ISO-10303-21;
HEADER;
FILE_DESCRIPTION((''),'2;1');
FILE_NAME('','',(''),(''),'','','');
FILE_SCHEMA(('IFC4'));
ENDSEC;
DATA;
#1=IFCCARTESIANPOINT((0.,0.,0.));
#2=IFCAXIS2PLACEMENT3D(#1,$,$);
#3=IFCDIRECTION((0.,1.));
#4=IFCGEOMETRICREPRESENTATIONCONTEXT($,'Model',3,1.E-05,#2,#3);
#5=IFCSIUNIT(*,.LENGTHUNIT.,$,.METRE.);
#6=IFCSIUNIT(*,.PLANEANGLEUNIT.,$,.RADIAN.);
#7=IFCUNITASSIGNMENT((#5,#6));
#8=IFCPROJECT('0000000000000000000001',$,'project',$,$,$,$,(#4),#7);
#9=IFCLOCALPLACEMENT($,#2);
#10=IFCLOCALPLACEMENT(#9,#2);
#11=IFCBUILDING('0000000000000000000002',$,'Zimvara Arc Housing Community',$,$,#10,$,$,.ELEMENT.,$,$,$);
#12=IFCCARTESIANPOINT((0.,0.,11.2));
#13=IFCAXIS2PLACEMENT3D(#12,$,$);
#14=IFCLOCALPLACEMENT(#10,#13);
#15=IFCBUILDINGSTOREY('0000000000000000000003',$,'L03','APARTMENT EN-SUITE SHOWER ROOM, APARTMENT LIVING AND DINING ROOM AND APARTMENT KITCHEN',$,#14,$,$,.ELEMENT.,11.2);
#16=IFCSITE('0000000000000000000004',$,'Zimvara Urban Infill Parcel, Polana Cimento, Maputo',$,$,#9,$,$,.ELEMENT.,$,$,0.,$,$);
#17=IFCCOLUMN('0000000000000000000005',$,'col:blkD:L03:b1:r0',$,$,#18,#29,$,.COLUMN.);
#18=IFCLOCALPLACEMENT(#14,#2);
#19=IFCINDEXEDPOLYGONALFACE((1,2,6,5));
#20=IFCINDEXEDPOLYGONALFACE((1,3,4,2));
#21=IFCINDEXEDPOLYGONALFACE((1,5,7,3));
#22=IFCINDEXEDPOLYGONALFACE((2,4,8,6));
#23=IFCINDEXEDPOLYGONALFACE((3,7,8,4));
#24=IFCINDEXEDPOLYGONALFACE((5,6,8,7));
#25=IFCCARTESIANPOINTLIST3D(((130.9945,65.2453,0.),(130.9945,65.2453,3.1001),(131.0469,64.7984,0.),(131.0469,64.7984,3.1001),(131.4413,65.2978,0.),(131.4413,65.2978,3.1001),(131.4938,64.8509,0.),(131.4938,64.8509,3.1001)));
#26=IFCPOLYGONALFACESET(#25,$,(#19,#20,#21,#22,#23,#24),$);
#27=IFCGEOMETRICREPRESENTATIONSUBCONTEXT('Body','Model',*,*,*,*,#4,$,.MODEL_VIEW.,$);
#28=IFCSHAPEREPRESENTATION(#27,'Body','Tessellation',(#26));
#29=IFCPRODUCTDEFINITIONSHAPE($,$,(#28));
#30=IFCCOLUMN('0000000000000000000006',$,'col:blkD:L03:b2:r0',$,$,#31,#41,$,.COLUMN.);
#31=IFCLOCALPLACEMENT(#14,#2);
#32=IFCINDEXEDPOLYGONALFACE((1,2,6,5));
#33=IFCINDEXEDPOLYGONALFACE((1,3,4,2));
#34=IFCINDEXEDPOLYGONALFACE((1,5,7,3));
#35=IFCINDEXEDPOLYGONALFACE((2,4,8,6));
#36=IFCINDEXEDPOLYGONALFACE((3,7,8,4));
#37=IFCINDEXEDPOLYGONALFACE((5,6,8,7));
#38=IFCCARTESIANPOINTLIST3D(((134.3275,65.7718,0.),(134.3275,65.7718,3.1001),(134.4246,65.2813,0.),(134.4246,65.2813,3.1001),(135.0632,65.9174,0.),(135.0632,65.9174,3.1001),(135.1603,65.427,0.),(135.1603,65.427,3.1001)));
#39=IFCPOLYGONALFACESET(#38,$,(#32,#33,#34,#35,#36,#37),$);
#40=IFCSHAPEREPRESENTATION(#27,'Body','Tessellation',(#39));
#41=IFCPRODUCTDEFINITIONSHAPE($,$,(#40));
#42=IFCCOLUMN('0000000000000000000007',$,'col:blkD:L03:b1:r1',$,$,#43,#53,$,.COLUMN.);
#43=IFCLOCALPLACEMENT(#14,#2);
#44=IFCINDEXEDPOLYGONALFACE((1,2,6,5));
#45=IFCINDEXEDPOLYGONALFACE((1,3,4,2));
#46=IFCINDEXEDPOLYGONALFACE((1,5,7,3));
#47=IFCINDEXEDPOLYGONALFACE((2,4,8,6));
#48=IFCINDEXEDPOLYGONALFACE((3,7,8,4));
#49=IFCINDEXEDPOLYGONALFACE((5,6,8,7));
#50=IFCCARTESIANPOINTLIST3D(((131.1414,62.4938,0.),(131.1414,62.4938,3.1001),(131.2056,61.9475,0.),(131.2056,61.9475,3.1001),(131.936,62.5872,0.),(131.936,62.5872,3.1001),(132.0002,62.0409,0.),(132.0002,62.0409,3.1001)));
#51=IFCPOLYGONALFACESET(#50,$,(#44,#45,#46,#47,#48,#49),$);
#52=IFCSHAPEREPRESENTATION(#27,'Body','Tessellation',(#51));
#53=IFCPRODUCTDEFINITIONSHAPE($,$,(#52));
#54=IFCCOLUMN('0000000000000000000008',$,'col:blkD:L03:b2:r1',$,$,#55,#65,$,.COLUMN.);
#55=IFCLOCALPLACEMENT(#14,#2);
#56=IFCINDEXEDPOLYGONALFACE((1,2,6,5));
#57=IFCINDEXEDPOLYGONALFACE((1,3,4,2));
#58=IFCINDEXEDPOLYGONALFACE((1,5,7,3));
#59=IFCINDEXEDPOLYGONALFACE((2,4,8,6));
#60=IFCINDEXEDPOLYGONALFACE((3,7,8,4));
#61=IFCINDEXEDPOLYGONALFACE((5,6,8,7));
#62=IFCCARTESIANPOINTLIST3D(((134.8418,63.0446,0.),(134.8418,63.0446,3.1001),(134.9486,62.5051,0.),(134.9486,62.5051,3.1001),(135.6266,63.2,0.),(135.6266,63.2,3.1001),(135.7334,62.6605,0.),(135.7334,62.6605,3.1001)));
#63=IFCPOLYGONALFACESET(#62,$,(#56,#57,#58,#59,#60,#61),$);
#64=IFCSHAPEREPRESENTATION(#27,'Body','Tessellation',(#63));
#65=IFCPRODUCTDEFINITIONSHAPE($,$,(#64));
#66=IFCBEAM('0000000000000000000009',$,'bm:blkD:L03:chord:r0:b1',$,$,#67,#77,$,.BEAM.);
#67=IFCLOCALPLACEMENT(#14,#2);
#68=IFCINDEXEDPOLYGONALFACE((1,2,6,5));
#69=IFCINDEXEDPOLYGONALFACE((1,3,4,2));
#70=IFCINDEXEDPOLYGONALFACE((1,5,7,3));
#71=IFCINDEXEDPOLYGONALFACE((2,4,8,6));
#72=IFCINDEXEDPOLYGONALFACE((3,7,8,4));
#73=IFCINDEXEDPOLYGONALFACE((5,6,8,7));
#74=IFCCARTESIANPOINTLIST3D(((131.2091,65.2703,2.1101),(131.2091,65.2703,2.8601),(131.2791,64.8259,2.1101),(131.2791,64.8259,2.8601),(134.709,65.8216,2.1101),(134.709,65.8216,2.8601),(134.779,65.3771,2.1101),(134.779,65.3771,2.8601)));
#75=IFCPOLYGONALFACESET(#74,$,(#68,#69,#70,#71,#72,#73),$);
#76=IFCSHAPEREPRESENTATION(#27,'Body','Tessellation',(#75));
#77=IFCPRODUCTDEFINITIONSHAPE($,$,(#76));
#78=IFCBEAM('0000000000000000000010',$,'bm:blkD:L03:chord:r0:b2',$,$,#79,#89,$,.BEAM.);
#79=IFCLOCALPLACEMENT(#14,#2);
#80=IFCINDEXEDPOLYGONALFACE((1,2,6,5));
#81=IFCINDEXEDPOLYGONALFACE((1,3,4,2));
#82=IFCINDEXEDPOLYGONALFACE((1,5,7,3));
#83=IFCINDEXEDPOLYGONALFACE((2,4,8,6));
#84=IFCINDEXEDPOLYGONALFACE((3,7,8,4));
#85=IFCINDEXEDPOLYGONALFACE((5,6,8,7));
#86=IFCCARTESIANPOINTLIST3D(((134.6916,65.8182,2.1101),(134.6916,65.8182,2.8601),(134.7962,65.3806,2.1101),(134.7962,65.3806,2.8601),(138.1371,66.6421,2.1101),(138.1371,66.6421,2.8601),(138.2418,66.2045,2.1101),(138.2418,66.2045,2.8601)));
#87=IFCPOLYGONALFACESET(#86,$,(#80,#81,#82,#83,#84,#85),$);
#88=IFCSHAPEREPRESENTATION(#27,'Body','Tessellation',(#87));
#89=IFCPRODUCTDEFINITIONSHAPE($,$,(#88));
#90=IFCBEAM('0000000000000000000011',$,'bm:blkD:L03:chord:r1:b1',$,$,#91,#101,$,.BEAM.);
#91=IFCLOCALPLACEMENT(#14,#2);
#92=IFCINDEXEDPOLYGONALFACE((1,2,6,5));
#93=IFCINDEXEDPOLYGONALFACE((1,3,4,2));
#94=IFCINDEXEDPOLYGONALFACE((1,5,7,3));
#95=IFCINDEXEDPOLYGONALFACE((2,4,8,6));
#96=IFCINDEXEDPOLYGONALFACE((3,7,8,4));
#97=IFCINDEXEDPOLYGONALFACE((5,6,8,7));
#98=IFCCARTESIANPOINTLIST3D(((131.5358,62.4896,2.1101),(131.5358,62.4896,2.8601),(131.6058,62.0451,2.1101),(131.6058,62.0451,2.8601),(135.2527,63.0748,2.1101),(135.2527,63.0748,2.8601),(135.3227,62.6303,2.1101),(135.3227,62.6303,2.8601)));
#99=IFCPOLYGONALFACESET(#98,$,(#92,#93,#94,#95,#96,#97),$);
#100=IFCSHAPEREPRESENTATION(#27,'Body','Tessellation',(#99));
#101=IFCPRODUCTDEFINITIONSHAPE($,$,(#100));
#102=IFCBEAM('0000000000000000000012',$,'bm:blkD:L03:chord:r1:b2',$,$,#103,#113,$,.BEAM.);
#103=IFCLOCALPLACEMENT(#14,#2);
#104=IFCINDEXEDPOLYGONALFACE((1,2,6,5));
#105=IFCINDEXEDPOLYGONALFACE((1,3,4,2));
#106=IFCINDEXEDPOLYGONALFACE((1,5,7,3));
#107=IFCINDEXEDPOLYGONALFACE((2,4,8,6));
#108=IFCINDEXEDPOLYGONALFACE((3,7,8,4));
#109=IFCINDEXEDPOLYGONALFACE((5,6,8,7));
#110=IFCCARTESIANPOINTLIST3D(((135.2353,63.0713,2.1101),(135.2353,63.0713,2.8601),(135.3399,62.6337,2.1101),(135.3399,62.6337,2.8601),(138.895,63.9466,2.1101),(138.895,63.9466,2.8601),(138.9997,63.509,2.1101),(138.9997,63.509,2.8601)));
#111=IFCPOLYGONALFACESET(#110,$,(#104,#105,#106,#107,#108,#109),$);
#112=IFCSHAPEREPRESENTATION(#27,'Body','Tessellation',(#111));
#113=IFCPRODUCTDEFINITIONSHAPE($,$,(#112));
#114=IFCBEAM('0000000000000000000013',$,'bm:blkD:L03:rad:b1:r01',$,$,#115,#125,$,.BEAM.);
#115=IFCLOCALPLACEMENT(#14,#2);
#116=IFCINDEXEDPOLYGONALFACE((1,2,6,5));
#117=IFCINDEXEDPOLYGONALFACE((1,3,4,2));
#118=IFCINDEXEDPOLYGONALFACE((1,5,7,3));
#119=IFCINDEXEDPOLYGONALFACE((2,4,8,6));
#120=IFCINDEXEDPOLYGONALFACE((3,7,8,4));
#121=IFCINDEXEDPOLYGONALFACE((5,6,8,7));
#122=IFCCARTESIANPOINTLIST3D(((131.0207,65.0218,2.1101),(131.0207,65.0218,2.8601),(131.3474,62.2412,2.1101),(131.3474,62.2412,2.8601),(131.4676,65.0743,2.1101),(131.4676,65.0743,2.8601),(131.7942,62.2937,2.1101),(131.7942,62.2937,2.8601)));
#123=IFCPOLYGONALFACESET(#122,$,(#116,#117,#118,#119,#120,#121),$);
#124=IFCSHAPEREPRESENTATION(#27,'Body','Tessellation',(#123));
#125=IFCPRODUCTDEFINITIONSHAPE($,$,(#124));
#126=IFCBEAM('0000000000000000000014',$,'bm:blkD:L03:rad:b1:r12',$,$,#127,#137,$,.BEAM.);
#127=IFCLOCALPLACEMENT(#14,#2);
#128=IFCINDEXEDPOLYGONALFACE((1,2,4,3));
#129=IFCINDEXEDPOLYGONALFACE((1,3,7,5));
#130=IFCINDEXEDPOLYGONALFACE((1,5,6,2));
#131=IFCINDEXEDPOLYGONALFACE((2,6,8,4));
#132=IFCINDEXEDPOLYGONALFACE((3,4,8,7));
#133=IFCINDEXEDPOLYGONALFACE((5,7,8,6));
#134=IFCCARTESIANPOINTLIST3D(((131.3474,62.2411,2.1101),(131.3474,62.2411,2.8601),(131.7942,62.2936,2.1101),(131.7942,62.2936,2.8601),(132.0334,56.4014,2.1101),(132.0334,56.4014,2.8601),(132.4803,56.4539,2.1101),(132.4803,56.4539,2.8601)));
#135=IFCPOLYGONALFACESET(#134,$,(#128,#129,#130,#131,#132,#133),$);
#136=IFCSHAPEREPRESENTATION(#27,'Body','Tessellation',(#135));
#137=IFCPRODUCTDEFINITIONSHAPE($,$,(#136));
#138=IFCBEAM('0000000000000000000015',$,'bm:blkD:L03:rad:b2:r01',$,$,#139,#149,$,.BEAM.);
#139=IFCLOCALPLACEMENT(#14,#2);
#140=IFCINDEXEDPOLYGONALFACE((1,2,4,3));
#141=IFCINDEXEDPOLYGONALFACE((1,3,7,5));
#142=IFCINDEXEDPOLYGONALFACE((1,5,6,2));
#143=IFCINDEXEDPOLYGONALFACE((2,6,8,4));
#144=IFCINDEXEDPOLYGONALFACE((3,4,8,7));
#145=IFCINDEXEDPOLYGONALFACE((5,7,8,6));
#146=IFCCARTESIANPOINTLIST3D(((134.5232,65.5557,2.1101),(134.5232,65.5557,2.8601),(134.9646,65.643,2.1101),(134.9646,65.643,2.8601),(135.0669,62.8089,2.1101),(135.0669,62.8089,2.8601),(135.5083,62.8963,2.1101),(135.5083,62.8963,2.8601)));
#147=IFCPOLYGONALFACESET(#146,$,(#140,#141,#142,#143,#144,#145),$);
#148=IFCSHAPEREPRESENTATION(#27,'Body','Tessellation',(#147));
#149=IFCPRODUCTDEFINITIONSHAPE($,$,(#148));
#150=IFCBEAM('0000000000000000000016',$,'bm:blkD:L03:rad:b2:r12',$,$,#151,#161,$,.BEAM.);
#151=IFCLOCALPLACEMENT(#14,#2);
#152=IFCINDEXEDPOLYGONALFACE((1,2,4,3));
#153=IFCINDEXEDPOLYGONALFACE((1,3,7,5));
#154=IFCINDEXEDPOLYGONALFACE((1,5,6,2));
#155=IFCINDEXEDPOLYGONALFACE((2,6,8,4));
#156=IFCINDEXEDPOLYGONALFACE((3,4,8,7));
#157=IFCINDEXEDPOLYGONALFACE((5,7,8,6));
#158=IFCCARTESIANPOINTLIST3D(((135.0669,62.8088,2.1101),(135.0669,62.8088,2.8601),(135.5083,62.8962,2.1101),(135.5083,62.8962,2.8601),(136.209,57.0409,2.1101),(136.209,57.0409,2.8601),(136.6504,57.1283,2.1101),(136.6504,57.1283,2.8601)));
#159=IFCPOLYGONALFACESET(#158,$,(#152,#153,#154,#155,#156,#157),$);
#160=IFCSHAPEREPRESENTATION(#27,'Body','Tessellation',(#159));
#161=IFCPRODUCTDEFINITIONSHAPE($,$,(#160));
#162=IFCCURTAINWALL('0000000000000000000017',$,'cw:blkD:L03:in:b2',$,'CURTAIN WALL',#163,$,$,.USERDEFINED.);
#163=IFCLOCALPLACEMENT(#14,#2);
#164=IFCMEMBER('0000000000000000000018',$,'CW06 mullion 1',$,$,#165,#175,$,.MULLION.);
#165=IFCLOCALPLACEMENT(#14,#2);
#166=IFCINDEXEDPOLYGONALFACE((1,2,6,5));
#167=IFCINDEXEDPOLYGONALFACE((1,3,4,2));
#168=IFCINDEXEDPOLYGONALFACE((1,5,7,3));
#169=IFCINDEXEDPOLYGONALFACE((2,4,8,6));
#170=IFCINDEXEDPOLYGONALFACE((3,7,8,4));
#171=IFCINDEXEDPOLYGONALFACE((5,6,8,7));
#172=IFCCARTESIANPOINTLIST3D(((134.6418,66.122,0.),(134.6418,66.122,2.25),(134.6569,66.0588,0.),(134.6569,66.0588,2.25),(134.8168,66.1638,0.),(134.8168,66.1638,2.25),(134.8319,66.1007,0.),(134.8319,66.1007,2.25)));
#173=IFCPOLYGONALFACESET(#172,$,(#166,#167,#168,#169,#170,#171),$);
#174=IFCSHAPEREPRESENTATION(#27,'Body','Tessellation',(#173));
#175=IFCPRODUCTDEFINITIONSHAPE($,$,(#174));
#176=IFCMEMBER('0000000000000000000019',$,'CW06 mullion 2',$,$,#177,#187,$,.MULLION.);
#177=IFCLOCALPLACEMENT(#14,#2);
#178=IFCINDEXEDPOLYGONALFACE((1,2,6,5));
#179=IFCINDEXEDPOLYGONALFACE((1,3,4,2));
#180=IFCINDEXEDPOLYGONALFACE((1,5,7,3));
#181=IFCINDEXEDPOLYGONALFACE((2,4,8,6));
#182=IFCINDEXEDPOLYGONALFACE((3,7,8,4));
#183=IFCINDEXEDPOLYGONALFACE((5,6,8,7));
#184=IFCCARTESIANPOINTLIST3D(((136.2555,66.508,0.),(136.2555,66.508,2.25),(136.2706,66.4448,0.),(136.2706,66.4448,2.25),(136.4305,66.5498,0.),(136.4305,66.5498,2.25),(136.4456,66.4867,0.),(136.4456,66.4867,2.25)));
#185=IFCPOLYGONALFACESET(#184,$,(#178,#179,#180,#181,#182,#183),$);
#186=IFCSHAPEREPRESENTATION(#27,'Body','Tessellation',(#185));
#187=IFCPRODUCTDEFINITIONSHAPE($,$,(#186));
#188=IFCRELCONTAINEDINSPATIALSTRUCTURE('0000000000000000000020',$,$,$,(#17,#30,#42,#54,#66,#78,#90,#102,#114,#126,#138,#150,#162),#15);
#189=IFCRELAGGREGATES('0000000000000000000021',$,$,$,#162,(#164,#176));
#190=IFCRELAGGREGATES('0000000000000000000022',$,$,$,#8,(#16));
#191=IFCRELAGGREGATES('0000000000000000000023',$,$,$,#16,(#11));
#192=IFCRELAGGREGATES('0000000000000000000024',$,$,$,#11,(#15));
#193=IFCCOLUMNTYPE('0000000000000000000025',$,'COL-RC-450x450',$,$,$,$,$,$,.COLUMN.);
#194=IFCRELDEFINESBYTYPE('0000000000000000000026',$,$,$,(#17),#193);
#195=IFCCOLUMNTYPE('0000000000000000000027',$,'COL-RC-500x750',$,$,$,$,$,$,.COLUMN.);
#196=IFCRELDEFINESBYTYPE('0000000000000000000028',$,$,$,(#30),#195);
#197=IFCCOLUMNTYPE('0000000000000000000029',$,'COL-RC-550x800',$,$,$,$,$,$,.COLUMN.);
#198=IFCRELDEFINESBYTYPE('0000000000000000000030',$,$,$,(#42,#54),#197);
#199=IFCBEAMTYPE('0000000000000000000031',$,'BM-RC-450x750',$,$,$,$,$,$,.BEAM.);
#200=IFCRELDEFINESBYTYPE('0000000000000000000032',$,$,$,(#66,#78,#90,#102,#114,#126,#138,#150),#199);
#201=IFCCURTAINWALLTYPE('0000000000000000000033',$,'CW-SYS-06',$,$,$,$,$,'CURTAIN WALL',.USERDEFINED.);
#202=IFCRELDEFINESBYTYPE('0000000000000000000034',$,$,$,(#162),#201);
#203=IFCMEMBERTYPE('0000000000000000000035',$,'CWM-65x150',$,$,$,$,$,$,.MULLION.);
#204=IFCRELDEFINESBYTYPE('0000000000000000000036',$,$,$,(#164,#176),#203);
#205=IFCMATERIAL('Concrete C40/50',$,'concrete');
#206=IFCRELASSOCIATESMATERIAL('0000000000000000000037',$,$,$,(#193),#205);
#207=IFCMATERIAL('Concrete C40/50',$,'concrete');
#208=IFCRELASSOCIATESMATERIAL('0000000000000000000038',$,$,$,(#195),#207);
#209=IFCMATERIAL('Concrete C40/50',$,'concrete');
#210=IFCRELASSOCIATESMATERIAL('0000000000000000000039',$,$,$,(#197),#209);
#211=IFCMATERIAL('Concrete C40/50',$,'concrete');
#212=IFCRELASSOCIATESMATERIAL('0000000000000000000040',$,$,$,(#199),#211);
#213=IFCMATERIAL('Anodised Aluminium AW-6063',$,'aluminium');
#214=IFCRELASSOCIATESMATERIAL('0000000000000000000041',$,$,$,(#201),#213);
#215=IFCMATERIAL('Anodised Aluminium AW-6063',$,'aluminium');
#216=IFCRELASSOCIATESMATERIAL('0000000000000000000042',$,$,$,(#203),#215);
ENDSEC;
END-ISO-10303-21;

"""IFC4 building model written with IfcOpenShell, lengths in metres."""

from ifc_helpers import new_model, si_unit, direction, frame, origin, origin_2d, place, context, subcontext, project, spatial, rectangle, extrude, material, material_profile, profile_set, type_object, element, aggregate, save


model = new_model("IFC4")

# Units and contexts
model_context = context("Model", 3, precision=1e-05, world=origin(), true_north=direction((0.0, 1.0)))
body_context = subcontext(model_context, "Body", "Model", "MODEL_VIEW")
ifc_project = project(units=[si_unit("LENGTHUNIT", "METRE"), si_unit("PLANEANGLEUNIT", "RADIAN")], contexts=[model_context])

# Site, building, storey
site_placement = place(None, origin())
site = spatial("IfcSite", under=ifc_project, at=site_placement, Name="Zimvara Urban Infill Parcel, Polana Cimento, Maputo", CompositionType="ELEMENT", RefElevation=0.0)
building_placement = place(site_placement, origin())
building = spatial("IfcBuilding", under=site, at=building_placement, Name="Zimvara Arc Housing Community", CompositionType="ELEMENT")
storey_placement = place(building_placement, frame((0.0, 0.0, 11.2)))
storey = spatial("IfcBuildingStorey", under=building, at=storey_placement, Name="L03", Description="APARTMENT EN-SUITE SHOWER ROOM, APARTMENT LIVING AND DINING ROOM AND APARTMENT KITCHEN", CompositionType="ELEMENT", Elevation=11.2)

# Columns
ifc_material_1 = material(Name="Concrete C40/50", Category="concrete")
ifc_material_profile_1 = material_profile(ifc_material_1, rectangle(XDim=0.45, YDim=0.45, at=origin_2d()), Name="RC 450x450")
ifc_profile_set_1 = profile_set([ifc_material_profile_1], Name="Concrete C40/50")
column_type_1 = type_object("IfcColumnType", Name="COL-RC-450x450", PredefinedType="COLUMN", material=ifc_profile_set_1)
column_1_placement = place(storey_placement, frame((131.2441, 65.0481, 0.0), z_axis=(0.0, 0.0, 1.0), x_axis=(0.116671, -0.993171, 0.0)))
element("IfcColumn", 1, at=column_1_placement, inside=storey, type_object=column_type_1, Name="col:blkD:L03:b1:r0", PredefinedType="COLUMN", context=body_context, shape_type="SweptSolid", body=[
    extrude(rectangle(XDim=0.45, YDim=0.45, at=origin_2d()), origin(), (0.0, 0.0, 1.0), 3.1001),
])
ifc_material_2 = material(Name="Concrete C40/50", Category="concrete")
ifc_material_profile_2 = material_profile(ifc_material_2, rectangle(XDim=0.5, YDim=0.75, at=origin_2d()), Name="RC 500x750")
ifc_profile_set_2 = profile_set([ifc_material_profile_2], Name="Concrete C40/50")
column_type_2 = type_object("IfcColumnType", Name="COL-RC-500x750", PredefinedType="COLUMN", material=ifc_profile_set_2)
column_2_placement = place(storey_placement, frame((134.7439, 65.5994, 0.0), z_axis=(0.0, 0.0, 1.0), x_axis=(0.194234, -0.980955, 0.0)))
element("IfcColumn", 2, at=column_2_placement, inside=storey, type_object=column_type_2, Name="col:blkD:L03:b2:r0", PredefinedType="COLUMN", context=body_context, shape_type="SweptSolid", body=[
    extrude(rectangle(XDim=0.5, YDim=0.75, at=origin_2d()), origin(), (0.0, 0.0, 1.0), 3.1001),
])
ifc_material_3 = material(Name="Concrete C40/50", Category="concrete")
ifc_material_profile_3 = material_profile(ifc_material_3, rectangle(XDim=0.55, YDim=0.8, at=origin_2d()), Name="RC 550x800")
ifc_profile_set_3 = profile_set([ifc_material_profile_3], Name="Concrete C40/50")
column_type_3 = type_object("IfcColumnType", Name="COL-RC-550x800", PredefinedType="COLUMN", material=ifc_profile_set_3)
for number, where, z_axis, x_axis, name in (
    (3, (131.5708, 62.2673, 0.0), (0.0, 0.0, 1.0), (0.116671, -0.993171, 0.0), "col:blkD:L03:b1:r1"),
    (4, (135.2876, 62.8525, 0.0), (0.0, 0.0, 1.0), (0.194234, -0.980955, 0.0), "col:blkD:L03:b2:r1"),
):
    element("IfcColumn", number, at=place(storey_placement, frame(where, z_axis=z_axis, x_axis=x_axis)), inside=storey, type_object=column_type_3, Name=name, PredefinedType="COLUMN", context=body_context, shape_type="SweptSolid", body=[
        extrude(rectangle(XDim=0.55, YDim=0.8, at=origin_2d()), origin(), (0.0, 0.0, 1.0), 3.1001),
    ])

# Beams
ifc_material_4 = material(Name="Concrete C40/50", Category="concrete")
ifc_material_profile_4 = material_profile(ifc_material_4, rectangle(XDim=0.45, YDim=0.75, at=origin_2d()), Name="RC 450x750")
ifc_profile_set_4 = profile_set([ifc_material_profile_4], Name="Concrete C40/50")
beam_type = type_object("IfcBeamType", Name="BM-RC-450x750", PredefinedType="BEAM", material=ifc_profile_set_4)
beam_1_placement = place(storey_placement, frame((131.2441, 65.0481, 2.4851), z_axis=(0.98782, 0.155598, 0.0), x_axis=(-0.155598, 0.98782, 0.0)))
element("IfcBeam", 5, at=beam_1_placement, inside=storey, type_object=beam_type, Name="bm:blkD:L03:chord:r0:b1", PredefinedType="BEAM", context=body_context, shape_type="SweptSolid", body=[
    extrude(rectangle(XDim=0.45, YDim=0.75, at=origin_2d()), origin(), (0.0, 0.0, 1.0), 3.543),
])
beam_2_placement = place(storey_placement, frame((134.7439, 65.5994, 2.4851), z_axis=(0.972577, 0.232583, 0.0), x_axis=(-0.232583, 0.972577, 0.0)))
element("IfcBeam", 6, at=beam_2_placement, inside=storey, type_object=beam_type, Name="bm:blkD:L03:chord:r0:b2", PredefinedType="BEAM", context=body_context, shape_type="SweptSolid", body=[
    extrude(rectangle(XDim=0.45, YDim=0.75, at=origin_2d()), origin(), (0.0, 0.0, 1.0), 3.5427),
])
beam_3_placement = place(storey_placement, frame((131.5708, 62.2673, 2.4851), z_axis=(0.987831, 0.155533, 0.0), x_axis=(-0.155533, 0.987831, 0.0)))
element("IfcBeam", 7, at=beam_3_placement, inside=storey, type_object=beam_type, Name="bm:blkD:L03:chord:r1:b1", PredefinedType="BEAM", context=body_context, shape_type="SweptSolid", body=[
    extrude(rectangle(XDim=0.45, YDim=0.75, at=origin_2d()), origin(), (0.0, 0.0, 1.0), 3.7627),
])
beam_4_placement = place(storey_placement, frame((135.2876, 62.8525, 2.4851), z_axis=(0.972573, 0.2326, 0.0), x_axis=(-0.2326, 0.972573, 0.0)))
element("IfcBeam", 8, at=beam_4_placement, inside=storey, type_object=beam_type, Name="bm:blkD:L03:chord:r1:b2", PredefinedType="BEAM", context=body_context, shape_type="SweptSolid", body=[
    extrude(rectangle(XDim=0.45, YDim=0.75, at=origin_2d()), origin(), (0.0, 0.0, 1.0), 3.7629),
])
beam_5_placement = place(storey_placement, frame((131.2441, 65.0481, 2.4851), z_axis=(0.116669, -0.993171, 0.0), x_axis=(0.993171, 0.116669, 0.0)))
element("IfcBeam", 9, at=beam_5_placement, inside=storey, type_object=beam_type, Name="bm:blkD:L03:rad:b1:r01", PredefinedType="BEAM", context=body_context, shape_type="SweptSolid", body=[
    extrude(rectangle(XDim=0.45, YDim=0.75, at=origin_2d()), origin(), (0.0, 0.0, 1.0), 2.7998),
])
beam_6_placement = place(storey_placement, frame((131.5708, 62.2673, 2.4851), z_axis=(0.116673, -0.99317, 0.0), x_axis=(0.99317, 0.116673, 0.0)))
element("IfcBeam", 10, at=beam_6_placement, inside=storey, type_object=beam_type, Name="bm:blkD:L03:rad:b1:r12", PredefinedType="BEAM", context=body_context, shape_type="SweptSolid", body=[
    extrude(rectangle(XDim=0.45, YDim=0.75, at=origin_2d()), origin(), (0.0, 0.0, 1.0), 5.8799),
])
beam_7_placement = place(storey_placement, frame((134.7439, 65.5994, 2.4851), z_axis=(0.194171, -0.980968, 0.0), x_axis=(0.980968, 0.194171, 0.0)))
element("IfcBeam", 11, at=beam_7_placement, inside=storey, type_object=beam_type, Name="bm:blkD:L03:rad:b2:r01", PredefinedType="BEAM", context=body_context, shape_type="SweptSolid", body=[
    extrude(rectangle(XDim=0.45, YDim=0.75, at=origin_2d()), origin(), (0.0, 0.0, 1.0), 2.8),
])
beam_8_placement = place(storey_placement, frame((135.2876, 62.8525, 2.4851), z_axis=(0.194239, -0.980954, 0.0), x_axis=(0.980954, 0.194239, 0.0)))
element("IfcBeam", 12, at=beam_8_placement, inside=storey, type_object=beam_type, Name="bm:blkD:L03:rad:b2:r12", PredefinedType="BEAM", context=body_context, shape_type="SweptSolid", body=[
    extrude(rectangle(XDim=0.45, YDim=0.75, at=origin_2d()), origin(), (0.0, 0.0, 1.0), 5.8799),
])

# Curtain wall, members
ifc_material_5 = material(Name="Anodised Aluminium AW-6063", Category="aluminium")
curtain_wall_type = type_object("IfcCurtainWallType", Name="CW-SYS-06", ElementType="CURTAIN WALL", PredefinedType="USERDEFINED", material=ifc_material_5)
curtain_wall_placement = place(storey_placement, origin())
curtain_wall = element("IfcCurtainWall", 13, at=curtain_wall_placement, inside=storey, type_object=curtain_wall_type, Name="cw:blkD:L03:in:b2", ObjectType="CURTAIN WALL", PredefinedType="USERDEFINED")
ifc_material_6 = material(Name="Anodised Aluminium AW-6063", Category="aluminium")
ifc_material_profile_5 = material_profile(ifc_material_6, rectangle(XDim=0.0649, YDim=0.1799, at=origin_2d()), Name="ALU 65x180")
ifc_profile_set_5 = profile_set([ifc_material_profile_5], Name="Anodised Aluminium AW-6063")
member_type_1 = type_object("IfcMemberType", Name="CWM-65x150", PredefinedType="MULLION", material=ifc_profile_set_5)
member_1_placement = place(storey_placement, frame((134.7368, 66.1113, 0.0), z_axis=(0.0, 0.0, 1.0), x_axis=(-0.232596, 0.972573, 0.0)))
member_1 = element("IfcMember", 14, at=member_1_placement, type_object=member_type_1, Name="CW06 mullion 1", PredefinedType="MULLION", context=body_context, shape_type="SweptSolid", body=[
    extrude(rectangle(XDim=0.0649, YDim=0.1799, at=origin_2d()), origin(), (0.0, 0.0, 1.0), 2.25),
])
member_2_placement = place(storey_placement, frame((136.3506, 66.4973, 0.0), z_axis=(0.0, 0.0, 1.0), x_axis=(-0.232596, 0.972573, 0.0)))
member_2 = element("IfcMember", 15, at=member_2_placement, type_object=member_type_1, Name="CW06 mullion 2", PredefinedType="MULLION", context=body_context, shape_type="SweptSolid", body=[
    extrude(rectangle(XDim=0.0649, YDim=0.1799, at=origin_2d()), origin(), (0.0, 0.0, 1.0), 2.25),
])
aggregate(curtain_wall, [member_1, member_2])

save(model, "model.ifc")
